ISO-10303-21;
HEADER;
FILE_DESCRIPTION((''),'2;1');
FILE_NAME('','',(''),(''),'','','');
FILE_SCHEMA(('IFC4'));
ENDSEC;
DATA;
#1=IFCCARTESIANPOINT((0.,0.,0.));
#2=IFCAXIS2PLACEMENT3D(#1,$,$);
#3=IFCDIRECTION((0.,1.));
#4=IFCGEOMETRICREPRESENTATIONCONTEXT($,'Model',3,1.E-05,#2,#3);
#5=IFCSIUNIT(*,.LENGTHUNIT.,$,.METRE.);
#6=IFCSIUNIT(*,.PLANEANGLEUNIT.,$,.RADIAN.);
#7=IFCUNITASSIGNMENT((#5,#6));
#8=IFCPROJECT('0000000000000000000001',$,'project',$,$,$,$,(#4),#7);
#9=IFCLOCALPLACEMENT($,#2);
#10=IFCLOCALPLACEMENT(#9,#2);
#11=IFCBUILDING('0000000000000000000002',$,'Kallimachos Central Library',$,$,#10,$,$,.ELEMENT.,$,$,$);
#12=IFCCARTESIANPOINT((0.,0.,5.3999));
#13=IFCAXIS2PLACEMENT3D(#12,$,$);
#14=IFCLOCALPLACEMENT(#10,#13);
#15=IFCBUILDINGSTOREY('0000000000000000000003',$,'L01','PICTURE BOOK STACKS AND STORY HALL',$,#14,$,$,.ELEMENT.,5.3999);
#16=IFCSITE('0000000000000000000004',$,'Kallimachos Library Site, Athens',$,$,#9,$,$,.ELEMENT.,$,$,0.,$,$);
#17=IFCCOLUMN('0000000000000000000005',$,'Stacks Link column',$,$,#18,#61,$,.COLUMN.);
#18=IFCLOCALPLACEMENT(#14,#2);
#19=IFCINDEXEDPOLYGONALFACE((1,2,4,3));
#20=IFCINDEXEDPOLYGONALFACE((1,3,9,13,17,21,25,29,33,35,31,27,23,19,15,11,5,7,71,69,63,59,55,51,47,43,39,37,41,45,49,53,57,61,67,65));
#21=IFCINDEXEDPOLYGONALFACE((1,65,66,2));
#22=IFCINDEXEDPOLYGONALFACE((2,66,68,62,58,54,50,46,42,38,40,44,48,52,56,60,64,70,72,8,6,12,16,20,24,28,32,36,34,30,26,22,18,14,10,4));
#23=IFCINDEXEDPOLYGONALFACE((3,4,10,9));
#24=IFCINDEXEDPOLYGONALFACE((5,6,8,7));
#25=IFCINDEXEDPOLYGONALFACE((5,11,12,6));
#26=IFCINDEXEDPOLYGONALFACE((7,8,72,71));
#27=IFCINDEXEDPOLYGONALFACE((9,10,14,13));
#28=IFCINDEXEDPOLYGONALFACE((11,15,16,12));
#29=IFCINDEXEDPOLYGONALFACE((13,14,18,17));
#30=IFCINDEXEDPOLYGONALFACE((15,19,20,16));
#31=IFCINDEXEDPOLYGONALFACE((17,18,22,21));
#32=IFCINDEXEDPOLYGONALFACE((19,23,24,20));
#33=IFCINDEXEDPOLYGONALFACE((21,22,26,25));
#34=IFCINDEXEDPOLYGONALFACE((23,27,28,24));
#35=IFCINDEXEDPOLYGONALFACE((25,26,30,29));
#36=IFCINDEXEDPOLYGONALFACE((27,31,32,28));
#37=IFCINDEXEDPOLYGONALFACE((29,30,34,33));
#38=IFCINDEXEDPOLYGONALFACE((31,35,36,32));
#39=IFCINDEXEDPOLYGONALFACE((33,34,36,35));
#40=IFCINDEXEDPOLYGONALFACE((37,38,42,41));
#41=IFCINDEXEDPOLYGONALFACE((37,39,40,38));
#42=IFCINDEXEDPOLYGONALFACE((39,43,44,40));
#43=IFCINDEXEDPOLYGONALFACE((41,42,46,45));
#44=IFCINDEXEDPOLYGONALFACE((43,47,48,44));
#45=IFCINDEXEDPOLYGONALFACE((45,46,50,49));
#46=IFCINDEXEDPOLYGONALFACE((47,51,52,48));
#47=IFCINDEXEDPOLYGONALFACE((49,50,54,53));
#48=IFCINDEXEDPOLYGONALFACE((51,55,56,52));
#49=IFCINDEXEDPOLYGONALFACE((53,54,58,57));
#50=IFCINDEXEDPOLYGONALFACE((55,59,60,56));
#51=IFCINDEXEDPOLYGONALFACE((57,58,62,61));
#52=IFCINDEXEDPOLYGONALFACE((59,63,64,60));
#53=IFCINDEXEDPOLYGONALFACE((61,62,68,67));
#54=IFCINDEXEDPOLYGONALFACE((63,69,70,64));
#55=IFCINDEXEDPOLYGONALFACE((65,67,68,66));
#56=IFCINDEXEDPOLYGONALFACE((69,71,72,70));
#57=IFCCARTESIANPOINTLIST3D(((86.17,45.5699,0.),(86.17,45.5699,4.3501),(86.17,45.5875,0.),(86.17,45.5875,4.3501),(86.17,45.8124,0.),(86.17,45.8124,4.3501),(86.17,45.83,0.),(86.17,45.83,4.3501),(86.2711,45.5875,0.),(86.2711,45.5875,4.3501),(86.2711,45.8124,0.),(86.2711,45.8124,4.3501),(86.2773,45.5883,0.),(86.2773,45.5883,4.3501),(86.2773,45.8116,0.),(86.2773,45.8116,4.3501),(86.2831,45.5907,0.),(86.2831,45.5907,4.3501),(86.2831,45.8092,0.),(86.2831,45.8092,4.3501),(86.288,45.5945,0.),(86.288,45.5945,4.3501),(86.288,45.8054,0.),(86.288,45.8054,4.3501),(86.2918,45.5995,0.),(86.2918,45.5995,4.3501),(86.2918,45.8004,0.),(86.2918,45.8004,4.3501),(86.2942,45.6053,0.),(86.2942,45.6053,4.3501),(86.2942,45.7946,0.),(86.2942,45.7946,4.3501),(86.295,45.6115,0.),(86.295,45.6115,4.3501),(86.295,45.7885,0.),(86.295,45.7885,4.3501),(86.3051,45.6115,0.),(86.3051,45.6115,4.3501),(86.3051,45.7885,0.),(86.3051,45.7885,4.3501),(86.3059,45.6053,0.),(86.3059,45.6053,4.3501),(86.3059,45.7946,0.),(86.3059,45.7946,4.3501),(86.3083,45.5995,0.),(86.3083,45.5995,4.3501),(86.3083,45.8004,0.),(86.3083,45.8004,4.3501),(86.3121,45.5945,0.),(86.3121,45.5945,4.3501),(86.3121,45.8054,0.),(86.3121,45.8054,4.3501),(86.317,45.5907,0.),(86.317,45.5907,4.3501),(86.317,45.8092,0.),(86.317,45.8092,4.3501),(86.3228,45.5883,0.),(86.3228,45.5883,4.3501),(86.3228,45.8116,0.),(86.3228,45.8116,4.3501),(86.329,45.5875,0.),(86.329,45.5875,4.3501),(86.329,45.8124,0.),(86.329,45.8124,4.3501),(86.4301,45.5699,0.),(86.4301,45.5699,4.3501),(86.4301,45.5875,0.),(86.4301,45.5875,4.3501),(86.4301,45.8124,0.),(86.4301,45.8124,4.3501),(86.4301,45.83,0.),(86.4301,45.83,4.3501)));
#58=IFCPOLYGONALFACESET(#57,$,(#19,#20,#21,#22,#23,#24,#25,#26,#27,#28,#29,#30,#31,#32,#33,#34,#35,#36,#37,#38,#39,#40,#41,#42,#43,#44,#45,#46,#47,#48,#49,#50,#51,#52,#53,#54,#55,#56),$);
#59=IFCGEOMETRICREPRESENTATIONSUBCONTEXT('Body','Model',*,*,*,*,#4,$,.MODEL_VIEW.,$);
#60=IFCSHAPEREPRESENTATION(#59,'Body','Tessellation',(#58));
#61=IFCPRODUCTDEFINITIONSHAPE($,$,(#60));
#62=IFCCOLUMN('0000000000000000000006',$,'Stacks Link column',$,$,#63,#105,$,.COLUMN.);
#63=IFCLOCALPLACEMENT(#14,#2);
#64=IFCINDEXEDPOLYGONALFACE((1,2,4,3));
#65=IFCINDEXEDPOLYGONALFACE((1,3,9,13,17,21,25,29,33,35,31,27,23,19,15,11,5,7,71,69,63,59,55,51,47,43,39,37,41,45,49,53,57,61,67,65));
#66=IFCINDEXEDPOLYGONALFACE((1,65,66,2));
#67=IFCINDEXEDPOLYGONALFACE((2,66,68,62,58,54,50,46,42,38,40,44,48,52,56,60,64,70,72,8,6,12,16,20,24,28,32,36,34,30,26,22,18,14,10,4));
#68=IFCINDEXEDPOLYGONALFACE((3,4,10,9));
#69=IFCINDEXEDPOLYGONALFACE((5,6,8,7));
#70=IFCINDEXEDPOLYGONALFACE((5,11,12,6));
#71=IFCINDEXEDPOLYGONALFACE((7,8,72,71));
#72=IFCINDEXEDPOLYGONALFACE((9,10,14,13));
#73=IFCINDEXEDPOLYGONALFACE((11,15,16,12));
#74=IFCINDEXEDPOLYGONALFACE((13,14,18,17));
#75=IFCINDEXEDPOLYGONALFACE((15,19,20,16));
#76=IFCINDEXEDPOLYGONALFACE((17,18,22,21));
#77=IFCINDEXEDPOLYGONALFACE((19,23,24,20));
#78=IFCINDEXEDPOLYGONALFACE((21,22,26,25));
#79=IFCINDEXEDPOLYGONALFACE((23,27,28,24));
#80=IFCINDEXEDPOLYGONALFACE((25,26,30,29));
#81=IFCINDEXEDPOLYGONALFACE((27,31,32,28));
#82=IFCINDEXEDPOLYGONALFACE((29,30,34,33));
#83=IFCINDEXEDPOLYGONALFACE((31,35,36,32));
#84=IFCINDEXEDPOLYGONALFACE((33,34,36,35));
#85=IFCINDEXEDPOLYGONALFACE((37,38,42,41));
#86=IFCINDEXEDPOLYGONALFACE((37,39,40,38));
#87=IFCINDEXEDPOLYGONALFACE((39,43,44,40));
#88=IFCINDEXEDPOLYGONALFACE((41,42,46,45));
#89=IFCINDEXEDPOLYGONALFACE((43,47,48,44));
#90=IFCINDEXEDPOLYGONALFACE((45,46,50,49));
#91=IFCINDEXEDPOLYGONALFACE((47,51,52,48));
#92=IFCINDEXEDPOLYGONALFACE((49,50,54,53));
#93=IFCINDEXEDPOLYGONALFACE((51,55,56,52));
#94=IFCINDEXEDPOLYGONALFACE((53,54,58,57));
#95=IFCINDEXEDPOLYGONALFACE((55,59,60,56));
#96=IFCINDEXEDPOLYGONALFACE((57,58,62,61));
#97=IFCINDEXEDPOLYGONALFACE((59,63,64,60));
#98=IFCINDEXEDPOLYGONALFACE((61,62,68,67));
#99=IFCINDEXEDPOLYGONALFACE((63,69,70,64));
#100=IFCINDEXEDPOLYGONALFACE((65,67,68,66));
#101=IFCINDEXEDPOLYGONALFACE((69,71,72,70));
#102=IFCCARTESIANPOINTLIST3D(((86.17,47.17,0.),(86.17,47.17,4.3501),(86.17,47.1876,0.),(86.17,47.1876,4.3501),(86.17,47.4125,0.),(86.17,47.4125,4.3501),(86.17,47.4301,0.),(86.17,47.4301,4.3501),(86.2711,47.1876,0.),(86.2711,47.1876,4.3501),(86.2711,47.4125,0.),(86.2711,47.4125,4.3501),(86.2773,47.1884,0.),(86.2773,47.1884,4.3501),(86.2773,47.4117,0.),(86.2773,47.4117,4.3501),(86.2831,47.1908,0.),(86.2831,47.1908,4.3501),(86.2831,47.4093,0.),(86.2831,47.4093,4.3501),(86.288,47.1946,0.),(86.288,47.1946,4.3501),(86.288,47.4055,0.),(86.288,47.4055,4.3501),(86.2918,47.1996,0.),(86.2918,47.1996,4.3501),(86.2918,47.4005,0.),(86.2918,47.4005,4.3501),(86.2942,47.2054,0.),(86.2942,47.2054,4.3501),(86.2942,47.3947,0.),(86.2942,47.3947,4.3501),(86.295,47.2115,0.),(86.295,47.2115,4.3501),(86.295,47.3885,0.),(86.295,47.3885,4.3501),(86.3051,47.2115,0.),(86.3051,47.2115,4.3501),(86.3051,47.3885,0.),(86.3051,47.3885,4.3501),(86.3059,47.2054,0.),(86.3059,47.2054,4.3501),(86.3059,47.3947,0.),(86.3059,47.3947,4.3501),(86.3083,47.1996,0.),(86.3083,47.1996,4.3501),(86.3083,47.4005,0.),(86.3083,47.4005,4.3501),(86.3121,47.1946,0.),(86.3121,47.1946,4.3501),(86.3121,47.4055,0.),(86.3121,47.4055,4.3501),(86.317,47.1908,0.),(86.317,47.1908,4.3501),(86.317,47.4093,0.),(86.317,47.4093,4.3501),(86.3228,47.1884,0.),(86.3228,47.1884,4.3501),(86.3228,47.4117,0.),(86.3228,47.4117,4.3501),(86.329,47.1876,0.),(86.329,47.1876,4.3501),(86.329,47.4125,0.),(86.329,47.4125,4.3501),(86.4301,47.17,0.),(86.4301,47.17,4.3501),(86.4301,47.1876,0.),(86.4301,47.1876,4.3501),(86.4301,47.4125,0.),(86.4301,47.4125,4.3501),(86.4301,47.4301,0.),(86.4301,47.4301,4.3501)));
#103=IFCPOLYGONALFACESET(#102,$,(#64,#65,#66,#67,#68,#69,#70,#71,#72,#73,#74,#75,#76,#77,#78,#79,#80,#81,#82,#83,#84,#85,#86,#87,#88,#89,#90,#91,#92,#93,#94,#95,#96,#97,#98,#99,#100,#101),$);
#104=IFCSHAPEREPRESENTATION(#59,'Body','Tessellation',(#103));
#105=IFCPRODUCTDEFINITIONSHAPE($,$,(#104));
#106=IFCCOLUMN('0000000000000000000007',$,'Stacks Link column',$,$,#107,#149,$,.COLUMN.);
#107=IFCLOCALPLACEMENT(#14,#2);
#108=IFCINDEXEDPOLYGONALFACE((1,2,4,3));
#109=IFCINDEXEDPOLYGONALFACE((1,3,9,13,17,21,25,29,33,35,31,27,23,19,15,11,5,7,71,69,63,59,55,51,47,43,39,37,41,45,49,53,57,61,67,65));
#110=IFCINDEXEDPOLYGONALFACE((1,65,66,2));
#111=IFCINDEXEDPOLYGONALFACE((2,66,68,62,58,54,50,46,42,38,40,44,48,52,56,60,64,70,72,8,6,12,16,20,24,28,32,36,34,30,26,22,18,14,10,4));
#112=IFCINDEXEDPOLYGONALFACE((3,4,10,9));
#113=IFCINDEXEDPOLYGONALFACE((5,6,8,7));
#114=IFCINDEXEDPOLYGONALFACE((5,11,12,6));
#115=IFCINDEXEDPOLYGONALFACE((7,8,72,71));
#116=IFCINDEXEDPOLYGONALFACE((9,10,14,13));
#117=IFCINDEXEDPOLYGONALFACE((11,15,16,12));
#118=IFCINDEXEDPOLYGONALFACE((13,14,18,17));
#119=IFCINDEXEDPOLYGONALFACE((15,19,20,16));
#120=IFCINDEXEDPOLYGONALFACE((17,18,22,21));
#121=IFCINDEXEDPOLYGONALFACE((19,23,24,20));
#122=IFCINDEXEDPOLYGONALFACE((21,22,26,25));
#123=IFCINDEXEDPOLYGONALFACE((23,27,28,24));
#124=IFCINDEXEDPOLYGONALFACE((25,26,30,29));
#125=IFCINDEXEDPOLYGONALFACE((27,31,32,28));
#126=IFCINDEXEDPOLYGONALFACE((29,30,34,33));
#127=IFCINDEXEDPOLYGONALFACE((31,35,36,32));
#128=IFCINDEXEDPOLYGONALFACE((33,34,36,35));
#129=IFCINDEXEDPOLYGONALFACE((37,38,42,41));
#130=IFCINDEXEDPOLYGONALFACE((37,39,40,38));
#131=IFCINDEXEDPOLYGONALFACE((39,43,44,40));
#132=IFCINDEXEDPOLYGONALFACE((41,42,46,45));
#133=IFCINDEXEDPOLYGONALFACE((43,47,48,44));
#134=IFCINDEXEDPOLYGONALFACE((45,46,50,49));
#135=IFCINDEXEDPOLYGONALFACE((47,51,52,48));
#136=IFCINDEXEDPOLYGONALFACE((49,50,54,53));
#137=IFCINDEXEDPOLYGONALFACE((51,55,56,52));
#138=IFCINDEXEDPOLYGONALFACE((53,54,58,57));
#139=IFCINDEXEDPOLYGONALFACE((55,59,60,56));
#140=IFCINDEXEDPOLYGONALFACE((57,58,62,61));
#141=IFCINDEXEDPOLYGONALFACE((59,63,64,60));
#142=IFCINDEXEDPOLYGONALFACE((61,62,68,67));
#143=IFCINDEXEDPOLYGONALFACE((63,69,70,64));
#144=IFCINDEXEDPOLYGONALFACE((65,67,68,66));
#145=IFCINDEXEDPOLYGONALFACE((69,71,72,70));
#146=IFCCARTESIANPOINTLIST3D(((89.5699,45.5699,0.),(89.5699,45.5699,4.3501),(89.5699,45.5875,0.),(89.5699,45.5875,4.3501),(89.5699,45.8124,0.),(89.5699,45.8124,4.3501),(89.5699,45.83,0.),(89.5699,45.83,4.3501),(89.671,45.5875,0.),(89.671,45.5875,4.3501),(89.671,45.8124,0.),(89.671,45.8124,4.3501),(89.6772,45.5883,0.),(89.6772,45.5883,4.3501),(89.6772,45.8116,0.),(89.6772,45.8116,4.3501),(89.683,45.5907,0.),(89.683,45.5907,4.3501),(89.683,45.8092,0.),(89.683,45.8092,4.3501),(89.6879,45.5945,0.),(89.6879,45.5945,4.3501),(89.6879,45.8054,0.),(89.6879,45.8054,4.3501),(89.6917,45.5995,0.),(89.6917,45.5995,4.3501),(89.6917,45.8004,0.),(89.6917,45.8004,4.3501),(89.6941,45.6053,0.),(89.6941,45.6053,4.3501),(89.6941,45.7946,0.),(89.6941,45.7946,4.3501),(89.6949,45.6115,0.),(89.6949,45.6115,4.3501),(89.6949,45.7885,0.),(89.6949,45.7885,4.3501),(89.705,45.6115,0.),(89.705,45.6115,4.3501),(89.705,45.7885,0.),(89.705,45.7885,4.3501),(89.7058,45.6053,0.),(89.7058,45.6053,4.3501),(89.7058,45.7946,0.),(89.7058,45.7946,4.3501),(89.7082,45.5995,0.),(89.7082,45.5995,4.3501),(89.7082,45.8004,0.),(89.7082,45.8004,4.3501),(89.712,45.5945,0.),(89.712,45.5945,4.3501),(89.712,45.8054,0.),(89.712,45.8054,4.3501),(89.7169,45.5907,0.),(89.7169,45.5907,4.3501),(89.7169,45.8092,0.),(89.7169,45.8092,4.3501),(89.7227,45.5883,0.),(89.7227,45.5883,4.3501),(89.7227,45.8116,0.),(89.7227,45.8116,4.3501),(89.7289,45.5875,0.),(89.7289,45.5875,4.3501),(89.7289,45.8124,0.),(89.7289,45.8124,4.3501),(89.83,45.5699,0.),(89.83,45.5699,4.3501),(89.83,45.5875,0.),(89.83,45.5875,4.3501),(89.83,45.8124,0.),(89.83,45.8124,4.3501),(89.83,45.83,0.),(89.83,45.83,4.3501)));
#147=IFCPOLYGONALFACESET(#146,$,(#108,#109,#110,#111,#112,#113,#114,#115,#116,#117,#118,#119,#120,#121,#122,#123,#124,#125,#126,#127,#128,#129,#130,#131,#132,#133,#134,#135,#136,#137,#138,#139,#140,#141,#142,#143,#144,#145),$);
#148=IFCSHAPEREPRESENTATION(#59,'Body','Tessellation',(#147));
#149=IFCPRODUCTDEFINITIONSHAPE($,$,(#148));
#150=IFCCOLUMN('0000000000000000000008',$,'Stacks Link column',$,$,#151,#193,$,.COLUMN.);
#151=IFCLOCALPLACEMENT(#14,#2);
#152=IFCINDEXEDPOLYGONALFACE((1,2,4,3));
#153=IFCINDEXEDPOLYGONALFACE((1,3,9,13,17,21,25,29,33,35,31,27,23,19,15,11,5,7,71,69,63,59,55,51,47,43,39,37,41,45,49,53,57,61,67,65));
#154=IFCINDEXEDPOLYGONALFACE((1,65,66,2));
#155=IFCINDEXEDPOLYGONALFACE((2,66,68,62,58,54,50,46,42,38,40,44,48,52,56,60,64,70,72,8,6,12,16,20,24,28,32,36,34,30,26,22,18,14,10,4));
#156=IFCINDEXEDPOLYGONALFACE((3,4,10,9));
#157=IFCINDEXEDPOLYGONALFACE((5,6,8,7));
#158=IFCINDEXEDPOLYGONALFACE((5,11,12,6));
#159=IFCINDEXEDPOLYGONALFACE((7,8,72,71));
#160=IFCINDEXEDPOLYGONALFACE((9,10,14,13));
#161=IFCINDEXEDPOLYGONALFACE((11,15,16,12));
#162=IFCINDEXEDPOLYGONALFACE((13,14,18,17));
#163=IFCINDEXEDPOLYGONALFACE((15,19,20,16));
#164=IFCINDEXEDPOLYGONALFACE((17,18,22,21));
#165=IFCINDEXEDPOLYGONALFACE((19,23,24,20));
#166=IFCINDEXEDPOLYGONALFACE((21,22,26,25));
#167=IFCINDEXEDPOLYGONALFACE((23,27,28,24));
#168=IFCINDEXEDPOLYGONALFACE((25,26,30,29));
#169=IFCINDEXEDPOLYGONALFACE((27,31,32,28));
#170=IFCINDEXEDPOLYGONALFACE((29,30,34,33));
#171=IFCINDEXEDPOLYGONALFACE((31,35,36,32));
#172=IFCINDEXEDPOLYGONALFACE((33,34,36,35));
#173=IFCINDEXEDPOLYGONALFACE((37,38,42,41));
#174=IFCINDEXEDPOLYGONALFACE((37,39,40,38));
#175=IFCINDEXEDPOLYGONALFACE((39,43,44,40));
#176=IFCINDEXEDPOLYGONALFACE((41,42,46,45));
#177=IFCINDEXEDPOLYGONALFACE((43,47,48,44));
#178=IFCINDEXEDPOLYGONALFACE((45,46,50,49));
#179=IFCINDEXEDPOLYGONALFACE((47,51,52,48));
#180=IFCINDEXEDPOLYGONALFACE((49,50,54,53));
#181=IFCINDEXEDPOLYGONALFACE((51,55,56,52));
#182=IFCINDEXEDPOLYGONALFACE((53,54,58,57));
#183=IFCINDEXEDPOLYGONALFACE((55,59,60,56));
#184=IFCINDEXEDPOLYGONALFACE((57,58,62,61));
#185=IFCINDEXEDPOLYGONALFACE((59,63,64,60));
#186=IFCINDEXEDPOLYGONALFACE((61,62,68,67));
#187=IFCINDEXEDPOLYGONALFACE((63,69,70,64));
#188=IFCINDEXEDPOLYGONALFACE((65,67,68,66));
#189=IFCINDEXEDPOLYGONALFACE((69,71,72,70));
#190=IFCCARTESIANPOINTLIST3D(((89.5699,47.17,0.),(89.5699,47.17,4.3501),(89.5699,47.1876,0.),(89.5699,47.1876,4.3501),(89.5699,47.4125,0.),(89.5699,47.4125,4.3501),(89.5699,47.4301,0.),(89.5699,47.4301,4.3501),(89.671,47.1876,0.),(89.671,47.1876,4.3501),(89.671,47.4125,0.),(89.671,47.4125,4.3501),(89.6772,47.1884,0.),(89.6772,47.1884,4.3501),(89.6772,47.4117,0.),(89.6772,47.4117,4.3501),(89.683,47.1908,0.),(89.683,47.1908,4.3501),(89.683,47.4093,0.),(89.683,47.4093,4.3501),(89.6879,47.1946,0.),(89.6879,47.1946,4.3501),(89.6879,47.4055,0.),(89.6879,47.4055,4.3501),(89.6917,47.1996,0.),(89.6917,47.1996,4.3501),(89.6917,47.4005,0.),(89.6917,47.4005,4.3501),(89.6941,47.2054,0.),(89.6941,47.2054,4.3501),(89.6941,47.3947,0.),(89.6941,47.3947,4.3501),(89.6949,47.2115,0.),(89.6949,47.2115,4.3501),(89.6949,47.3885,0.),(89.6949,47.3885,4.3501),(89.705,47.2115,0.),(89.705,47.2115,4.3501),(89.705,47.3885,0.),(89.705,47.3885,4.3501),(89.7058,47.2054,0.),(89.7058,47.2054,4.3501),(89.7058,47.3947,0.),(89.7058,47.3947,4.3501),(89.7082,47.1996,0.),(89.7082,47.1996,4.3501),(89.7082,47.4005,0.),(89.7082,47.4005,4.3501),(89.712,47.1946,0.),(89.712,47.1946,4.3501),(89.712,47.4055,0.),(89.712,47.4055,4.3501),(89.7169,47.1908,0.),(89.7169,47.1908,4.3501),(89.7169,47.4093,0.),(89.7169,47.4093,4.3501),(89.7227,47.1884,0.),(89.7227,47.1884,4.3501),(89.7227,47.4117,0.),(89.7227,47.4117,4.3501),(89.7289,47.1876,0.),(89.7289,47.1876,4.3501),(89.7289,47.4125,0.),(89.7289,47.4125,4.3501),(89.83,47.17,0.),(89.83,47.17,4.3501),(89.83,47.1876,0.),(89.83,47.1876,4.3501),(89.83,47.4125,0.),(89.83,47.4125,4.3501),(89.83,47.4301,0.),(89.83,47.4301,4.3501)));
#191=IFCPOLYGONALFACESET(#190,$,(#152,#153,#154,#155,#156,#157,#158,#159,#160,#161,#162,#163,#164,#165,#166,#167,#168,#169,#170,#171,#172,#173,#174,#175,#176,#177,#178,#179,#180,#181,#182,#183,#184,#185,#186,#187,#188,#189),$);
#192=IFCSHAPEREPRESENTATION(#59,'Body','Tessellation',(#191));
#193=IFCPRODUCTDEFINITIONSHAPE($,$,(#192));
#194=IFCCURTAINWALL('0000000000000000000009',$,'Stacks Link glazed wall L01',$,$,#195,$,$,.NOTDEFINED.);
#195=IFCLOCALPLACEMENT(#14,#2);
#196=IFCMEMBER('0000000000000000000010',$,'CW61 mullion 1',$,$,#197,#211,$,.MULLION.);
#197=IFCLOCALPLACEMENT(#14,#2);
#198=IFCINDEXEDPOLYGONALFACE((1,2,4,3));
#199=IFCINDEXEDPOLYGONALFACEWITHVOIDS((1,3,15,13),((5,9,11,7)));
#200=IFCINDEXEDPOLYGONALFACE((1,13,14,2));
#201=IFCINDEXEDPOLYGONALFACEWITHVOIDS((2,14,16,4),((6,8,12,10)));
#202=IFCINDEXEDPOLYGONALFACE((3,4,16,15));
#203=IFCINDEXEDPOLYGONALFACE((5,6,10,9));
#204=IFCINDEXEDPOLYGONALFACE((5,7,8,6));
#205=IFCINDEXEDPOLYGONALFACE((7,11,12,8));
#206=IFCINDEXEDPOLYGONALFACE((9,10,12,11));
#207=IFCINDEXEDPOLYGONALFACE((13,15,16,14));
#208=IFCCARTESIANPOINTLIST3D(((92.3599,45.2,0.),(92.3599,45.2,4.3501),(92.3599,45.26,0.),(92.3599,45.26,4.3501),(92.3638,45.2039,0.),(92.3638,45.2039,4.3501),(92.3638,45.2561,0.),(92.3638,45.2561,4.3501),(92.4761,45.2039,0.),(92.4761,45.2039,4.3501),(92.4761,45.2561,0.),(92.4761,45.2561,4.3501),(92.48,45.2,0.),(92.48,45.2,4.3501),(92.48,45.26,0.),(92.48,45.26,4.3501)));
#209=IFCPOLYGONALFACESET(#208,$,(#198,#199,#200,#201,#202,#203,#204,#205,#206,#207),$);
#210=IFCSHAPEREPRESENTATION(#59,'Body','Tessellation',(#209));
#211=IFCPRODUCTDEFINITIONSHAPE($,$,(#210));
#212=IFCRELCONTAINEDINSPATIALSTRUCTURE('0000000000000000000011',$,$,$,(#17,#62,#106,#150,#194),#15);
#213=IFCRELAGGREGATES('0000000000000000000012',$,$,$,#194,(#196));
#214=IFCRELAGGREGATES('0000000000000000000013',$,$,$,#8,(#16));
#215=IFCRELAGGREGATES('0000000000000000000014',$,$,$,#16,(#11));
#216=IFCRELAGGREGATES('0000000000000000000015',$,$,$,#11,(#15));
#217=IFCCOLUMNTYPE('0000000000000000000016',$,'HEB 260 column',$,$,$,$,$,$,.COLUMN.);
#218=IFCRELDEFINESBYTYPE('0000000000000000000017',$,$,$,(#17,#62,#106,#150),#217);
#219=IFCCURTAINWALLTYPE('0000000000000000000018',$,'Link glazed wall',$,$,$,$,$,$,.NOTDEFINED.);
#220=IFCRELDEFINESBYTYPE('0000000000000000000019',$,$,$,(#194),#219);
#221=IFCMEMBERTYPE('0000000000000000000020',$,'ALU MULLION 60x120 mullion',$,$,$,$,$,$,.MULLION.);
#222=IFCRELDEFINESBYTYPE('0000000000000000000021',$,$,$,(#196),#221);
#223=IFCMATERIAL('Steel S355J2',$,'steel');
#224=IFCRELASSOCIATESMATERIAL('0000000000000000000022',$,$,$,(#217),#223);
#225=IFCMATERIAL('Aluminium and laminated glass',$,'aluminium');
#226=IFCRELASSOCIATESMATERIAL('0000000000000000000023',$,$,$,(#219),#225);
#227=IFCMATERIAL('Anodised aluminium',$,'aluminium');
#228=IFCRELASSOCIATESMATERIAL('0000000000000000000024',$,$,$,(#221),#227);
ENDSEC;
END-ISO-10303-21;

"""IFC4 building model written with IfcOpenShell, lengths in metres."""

from ifc_helpers import new_model, si_unit, direction, frame, origin, origin_2d, place, context, subcontext, project, spatial, hollow_rectangle, i_section, extrude, material, material_profile, profile_set, type_object, element, aggregate, save


model = new_model("IFC4")

# Units and contexts
model_context = context("Model", 3, precision=1e-05, world=origin(), true_north=direction((0.0, 1.0)))
body_context = subcontext(model_context, "Body", "Model", "MODEL_VIEW")
ifc_project = project(units=[si_unit("LENGTHUNIT", "METRE"), si_unit("PLANEANGLEUNIT", "RADIAN")], contexts=[model_context])

# Site, building, storey
site_placement = place(None, origin())
site = spatial("IfcSite", under=ifc_project, at=site_placement, Name="Kallimachos Library Site, Athens", CompositionType="ELEMENT", RefElevation=0.0)
building_placement = place(site_placement, origin())
building = spatial("IfcBuilding", under=site, at=building_placement, Name="Kallimachos Central Library", CompositionType="ELEMENT")
storey_placement = place(building_placement, frame((0.0, 0.0, 5.3999)))
storey = spatial("IfcBuildingStorey", under=building, at=storey_placement, Name="L01", Description="PICTURE BOOK STACKS AND STORY HALL", CompositionType="ELEMENT", Elevation=5.3999)

# Columns
ifc_material_1 = material(Name="Steel S355J2", Category="steel")
ifc_material_profile_1 = material_profile(ifc_material_1, i_section(OverallWidth=0.26, OverallDepth=0.26, WebThickness=0.01, FlangeThickness=0.0176, FilletRadius=0.0239, at=origin_2d()), Name="HEB 260")
ifc_profile_set_1 = profile_set([ifc_material_profile_1], Name="Steel S355J2")
column_type = type_object("IfcColumnType", Name="HEB 260 column", PredefinedType="COLUMN", material=ifc_profile_set_1)
for number, where, z_axis, x_axis, name in (
    (1, (86.3, 45.7, 0.0), (0.0, 0.0, 1.0), (1.0, 0.0, 0.0), "Stacks Link column"),
    (2, (86.3, 47.3, 0.0), (0.0, 0.0, 1.0), (1.0, 0.0, 0.0), "Stacks Link column"),
    (3, (89.7, 45.7, 0.0), (0.0, 0.0, 1.0), (1.0, 0.0, 0.0), "Stacks Link column"),
    (4, (89.7, 47.3, 0.0), (0.0, 0.0, 1.0), (1.0, 0.0, 0.0), "Stacks Link column"),
):
    element("IfcColumn", number, at=place(storey_placement, frame(where, z_axis=z_axis, x_axis=x_axis)), inside=storey, type_object=column_type, Name=name, PredefinedType="COLUMN", context=body_context, shape_type="SweptSolid", body=[
        extrude(i_section(OverallWidth=0.26, OverallDepth=0.26, WebThickness=0.01, FlangeThickness=0.0176, FilletRadius=0.0239, at=origin_2d()), origin(), (0.0, 0.0, 1.0), 4.3501),
    ])

# Curtain wall, member
ifc_material_2 = material(Name="Aluminium and laminated glass", Category="aluminium")
curtain_wall_type = type_object("IfcCurtainWallType", Name="Link glazed wall", PredefinedType="NOTDEFINED", material=ifc_material_2)
curtain_wall_placement = place(storey_placement, origin())
curtain_wall = element("IfcCurtainWall", 5, at=curtain_wall_placement, inside=storey, type_object=curtain_wall_type, Name="Stacks Link glazed wall L01", PredefinedType="NOTDEFINED")
ifc_material_3 = material(Name="Anodised aluminium", Category="aluminium")
ifc_material_profile_2 = material_profile(ifc_material_3, hollow_rectangle(XDim=0.0601, YDim=0.1201, WallThickness=0.0039, at=origin_2d()), Name="ALU MULLION 60x120")
ifc_profile_set_2 = profile_set([ifc_material_profile_2], Name="Anodised aluminium")
member_type_1 = type_object("IfcMemberType", Name="ALU MULLION 60x120 mullion", PredefinedType="MULLION", material=ifc_profile_set_2)
member_1_placement = place(storey_placement, frame((92.4199, 45.23, 0.0), z_axis=(0.0, 0.0, 1.0), x_axis=(0.0, 1.0, 0.0)))
member_1 = element("IfcMember", 6, at=member_1_placement, type_object=member_type_1, Name="CW61 mullion 1", PredefinedType="MULLION", context=body_context, shape_type="SweptSolid", body=[
    extrude(hollow_rectangle(XDim=0.0601, YDim=0.1201, WallThickness=0.0039, at=origin_2d()), origin(), (0.0, 0.0, 1.0), 4.3501),
])
aggregate(curtain_wall, [member_1])

save(model, "model.ifc")
